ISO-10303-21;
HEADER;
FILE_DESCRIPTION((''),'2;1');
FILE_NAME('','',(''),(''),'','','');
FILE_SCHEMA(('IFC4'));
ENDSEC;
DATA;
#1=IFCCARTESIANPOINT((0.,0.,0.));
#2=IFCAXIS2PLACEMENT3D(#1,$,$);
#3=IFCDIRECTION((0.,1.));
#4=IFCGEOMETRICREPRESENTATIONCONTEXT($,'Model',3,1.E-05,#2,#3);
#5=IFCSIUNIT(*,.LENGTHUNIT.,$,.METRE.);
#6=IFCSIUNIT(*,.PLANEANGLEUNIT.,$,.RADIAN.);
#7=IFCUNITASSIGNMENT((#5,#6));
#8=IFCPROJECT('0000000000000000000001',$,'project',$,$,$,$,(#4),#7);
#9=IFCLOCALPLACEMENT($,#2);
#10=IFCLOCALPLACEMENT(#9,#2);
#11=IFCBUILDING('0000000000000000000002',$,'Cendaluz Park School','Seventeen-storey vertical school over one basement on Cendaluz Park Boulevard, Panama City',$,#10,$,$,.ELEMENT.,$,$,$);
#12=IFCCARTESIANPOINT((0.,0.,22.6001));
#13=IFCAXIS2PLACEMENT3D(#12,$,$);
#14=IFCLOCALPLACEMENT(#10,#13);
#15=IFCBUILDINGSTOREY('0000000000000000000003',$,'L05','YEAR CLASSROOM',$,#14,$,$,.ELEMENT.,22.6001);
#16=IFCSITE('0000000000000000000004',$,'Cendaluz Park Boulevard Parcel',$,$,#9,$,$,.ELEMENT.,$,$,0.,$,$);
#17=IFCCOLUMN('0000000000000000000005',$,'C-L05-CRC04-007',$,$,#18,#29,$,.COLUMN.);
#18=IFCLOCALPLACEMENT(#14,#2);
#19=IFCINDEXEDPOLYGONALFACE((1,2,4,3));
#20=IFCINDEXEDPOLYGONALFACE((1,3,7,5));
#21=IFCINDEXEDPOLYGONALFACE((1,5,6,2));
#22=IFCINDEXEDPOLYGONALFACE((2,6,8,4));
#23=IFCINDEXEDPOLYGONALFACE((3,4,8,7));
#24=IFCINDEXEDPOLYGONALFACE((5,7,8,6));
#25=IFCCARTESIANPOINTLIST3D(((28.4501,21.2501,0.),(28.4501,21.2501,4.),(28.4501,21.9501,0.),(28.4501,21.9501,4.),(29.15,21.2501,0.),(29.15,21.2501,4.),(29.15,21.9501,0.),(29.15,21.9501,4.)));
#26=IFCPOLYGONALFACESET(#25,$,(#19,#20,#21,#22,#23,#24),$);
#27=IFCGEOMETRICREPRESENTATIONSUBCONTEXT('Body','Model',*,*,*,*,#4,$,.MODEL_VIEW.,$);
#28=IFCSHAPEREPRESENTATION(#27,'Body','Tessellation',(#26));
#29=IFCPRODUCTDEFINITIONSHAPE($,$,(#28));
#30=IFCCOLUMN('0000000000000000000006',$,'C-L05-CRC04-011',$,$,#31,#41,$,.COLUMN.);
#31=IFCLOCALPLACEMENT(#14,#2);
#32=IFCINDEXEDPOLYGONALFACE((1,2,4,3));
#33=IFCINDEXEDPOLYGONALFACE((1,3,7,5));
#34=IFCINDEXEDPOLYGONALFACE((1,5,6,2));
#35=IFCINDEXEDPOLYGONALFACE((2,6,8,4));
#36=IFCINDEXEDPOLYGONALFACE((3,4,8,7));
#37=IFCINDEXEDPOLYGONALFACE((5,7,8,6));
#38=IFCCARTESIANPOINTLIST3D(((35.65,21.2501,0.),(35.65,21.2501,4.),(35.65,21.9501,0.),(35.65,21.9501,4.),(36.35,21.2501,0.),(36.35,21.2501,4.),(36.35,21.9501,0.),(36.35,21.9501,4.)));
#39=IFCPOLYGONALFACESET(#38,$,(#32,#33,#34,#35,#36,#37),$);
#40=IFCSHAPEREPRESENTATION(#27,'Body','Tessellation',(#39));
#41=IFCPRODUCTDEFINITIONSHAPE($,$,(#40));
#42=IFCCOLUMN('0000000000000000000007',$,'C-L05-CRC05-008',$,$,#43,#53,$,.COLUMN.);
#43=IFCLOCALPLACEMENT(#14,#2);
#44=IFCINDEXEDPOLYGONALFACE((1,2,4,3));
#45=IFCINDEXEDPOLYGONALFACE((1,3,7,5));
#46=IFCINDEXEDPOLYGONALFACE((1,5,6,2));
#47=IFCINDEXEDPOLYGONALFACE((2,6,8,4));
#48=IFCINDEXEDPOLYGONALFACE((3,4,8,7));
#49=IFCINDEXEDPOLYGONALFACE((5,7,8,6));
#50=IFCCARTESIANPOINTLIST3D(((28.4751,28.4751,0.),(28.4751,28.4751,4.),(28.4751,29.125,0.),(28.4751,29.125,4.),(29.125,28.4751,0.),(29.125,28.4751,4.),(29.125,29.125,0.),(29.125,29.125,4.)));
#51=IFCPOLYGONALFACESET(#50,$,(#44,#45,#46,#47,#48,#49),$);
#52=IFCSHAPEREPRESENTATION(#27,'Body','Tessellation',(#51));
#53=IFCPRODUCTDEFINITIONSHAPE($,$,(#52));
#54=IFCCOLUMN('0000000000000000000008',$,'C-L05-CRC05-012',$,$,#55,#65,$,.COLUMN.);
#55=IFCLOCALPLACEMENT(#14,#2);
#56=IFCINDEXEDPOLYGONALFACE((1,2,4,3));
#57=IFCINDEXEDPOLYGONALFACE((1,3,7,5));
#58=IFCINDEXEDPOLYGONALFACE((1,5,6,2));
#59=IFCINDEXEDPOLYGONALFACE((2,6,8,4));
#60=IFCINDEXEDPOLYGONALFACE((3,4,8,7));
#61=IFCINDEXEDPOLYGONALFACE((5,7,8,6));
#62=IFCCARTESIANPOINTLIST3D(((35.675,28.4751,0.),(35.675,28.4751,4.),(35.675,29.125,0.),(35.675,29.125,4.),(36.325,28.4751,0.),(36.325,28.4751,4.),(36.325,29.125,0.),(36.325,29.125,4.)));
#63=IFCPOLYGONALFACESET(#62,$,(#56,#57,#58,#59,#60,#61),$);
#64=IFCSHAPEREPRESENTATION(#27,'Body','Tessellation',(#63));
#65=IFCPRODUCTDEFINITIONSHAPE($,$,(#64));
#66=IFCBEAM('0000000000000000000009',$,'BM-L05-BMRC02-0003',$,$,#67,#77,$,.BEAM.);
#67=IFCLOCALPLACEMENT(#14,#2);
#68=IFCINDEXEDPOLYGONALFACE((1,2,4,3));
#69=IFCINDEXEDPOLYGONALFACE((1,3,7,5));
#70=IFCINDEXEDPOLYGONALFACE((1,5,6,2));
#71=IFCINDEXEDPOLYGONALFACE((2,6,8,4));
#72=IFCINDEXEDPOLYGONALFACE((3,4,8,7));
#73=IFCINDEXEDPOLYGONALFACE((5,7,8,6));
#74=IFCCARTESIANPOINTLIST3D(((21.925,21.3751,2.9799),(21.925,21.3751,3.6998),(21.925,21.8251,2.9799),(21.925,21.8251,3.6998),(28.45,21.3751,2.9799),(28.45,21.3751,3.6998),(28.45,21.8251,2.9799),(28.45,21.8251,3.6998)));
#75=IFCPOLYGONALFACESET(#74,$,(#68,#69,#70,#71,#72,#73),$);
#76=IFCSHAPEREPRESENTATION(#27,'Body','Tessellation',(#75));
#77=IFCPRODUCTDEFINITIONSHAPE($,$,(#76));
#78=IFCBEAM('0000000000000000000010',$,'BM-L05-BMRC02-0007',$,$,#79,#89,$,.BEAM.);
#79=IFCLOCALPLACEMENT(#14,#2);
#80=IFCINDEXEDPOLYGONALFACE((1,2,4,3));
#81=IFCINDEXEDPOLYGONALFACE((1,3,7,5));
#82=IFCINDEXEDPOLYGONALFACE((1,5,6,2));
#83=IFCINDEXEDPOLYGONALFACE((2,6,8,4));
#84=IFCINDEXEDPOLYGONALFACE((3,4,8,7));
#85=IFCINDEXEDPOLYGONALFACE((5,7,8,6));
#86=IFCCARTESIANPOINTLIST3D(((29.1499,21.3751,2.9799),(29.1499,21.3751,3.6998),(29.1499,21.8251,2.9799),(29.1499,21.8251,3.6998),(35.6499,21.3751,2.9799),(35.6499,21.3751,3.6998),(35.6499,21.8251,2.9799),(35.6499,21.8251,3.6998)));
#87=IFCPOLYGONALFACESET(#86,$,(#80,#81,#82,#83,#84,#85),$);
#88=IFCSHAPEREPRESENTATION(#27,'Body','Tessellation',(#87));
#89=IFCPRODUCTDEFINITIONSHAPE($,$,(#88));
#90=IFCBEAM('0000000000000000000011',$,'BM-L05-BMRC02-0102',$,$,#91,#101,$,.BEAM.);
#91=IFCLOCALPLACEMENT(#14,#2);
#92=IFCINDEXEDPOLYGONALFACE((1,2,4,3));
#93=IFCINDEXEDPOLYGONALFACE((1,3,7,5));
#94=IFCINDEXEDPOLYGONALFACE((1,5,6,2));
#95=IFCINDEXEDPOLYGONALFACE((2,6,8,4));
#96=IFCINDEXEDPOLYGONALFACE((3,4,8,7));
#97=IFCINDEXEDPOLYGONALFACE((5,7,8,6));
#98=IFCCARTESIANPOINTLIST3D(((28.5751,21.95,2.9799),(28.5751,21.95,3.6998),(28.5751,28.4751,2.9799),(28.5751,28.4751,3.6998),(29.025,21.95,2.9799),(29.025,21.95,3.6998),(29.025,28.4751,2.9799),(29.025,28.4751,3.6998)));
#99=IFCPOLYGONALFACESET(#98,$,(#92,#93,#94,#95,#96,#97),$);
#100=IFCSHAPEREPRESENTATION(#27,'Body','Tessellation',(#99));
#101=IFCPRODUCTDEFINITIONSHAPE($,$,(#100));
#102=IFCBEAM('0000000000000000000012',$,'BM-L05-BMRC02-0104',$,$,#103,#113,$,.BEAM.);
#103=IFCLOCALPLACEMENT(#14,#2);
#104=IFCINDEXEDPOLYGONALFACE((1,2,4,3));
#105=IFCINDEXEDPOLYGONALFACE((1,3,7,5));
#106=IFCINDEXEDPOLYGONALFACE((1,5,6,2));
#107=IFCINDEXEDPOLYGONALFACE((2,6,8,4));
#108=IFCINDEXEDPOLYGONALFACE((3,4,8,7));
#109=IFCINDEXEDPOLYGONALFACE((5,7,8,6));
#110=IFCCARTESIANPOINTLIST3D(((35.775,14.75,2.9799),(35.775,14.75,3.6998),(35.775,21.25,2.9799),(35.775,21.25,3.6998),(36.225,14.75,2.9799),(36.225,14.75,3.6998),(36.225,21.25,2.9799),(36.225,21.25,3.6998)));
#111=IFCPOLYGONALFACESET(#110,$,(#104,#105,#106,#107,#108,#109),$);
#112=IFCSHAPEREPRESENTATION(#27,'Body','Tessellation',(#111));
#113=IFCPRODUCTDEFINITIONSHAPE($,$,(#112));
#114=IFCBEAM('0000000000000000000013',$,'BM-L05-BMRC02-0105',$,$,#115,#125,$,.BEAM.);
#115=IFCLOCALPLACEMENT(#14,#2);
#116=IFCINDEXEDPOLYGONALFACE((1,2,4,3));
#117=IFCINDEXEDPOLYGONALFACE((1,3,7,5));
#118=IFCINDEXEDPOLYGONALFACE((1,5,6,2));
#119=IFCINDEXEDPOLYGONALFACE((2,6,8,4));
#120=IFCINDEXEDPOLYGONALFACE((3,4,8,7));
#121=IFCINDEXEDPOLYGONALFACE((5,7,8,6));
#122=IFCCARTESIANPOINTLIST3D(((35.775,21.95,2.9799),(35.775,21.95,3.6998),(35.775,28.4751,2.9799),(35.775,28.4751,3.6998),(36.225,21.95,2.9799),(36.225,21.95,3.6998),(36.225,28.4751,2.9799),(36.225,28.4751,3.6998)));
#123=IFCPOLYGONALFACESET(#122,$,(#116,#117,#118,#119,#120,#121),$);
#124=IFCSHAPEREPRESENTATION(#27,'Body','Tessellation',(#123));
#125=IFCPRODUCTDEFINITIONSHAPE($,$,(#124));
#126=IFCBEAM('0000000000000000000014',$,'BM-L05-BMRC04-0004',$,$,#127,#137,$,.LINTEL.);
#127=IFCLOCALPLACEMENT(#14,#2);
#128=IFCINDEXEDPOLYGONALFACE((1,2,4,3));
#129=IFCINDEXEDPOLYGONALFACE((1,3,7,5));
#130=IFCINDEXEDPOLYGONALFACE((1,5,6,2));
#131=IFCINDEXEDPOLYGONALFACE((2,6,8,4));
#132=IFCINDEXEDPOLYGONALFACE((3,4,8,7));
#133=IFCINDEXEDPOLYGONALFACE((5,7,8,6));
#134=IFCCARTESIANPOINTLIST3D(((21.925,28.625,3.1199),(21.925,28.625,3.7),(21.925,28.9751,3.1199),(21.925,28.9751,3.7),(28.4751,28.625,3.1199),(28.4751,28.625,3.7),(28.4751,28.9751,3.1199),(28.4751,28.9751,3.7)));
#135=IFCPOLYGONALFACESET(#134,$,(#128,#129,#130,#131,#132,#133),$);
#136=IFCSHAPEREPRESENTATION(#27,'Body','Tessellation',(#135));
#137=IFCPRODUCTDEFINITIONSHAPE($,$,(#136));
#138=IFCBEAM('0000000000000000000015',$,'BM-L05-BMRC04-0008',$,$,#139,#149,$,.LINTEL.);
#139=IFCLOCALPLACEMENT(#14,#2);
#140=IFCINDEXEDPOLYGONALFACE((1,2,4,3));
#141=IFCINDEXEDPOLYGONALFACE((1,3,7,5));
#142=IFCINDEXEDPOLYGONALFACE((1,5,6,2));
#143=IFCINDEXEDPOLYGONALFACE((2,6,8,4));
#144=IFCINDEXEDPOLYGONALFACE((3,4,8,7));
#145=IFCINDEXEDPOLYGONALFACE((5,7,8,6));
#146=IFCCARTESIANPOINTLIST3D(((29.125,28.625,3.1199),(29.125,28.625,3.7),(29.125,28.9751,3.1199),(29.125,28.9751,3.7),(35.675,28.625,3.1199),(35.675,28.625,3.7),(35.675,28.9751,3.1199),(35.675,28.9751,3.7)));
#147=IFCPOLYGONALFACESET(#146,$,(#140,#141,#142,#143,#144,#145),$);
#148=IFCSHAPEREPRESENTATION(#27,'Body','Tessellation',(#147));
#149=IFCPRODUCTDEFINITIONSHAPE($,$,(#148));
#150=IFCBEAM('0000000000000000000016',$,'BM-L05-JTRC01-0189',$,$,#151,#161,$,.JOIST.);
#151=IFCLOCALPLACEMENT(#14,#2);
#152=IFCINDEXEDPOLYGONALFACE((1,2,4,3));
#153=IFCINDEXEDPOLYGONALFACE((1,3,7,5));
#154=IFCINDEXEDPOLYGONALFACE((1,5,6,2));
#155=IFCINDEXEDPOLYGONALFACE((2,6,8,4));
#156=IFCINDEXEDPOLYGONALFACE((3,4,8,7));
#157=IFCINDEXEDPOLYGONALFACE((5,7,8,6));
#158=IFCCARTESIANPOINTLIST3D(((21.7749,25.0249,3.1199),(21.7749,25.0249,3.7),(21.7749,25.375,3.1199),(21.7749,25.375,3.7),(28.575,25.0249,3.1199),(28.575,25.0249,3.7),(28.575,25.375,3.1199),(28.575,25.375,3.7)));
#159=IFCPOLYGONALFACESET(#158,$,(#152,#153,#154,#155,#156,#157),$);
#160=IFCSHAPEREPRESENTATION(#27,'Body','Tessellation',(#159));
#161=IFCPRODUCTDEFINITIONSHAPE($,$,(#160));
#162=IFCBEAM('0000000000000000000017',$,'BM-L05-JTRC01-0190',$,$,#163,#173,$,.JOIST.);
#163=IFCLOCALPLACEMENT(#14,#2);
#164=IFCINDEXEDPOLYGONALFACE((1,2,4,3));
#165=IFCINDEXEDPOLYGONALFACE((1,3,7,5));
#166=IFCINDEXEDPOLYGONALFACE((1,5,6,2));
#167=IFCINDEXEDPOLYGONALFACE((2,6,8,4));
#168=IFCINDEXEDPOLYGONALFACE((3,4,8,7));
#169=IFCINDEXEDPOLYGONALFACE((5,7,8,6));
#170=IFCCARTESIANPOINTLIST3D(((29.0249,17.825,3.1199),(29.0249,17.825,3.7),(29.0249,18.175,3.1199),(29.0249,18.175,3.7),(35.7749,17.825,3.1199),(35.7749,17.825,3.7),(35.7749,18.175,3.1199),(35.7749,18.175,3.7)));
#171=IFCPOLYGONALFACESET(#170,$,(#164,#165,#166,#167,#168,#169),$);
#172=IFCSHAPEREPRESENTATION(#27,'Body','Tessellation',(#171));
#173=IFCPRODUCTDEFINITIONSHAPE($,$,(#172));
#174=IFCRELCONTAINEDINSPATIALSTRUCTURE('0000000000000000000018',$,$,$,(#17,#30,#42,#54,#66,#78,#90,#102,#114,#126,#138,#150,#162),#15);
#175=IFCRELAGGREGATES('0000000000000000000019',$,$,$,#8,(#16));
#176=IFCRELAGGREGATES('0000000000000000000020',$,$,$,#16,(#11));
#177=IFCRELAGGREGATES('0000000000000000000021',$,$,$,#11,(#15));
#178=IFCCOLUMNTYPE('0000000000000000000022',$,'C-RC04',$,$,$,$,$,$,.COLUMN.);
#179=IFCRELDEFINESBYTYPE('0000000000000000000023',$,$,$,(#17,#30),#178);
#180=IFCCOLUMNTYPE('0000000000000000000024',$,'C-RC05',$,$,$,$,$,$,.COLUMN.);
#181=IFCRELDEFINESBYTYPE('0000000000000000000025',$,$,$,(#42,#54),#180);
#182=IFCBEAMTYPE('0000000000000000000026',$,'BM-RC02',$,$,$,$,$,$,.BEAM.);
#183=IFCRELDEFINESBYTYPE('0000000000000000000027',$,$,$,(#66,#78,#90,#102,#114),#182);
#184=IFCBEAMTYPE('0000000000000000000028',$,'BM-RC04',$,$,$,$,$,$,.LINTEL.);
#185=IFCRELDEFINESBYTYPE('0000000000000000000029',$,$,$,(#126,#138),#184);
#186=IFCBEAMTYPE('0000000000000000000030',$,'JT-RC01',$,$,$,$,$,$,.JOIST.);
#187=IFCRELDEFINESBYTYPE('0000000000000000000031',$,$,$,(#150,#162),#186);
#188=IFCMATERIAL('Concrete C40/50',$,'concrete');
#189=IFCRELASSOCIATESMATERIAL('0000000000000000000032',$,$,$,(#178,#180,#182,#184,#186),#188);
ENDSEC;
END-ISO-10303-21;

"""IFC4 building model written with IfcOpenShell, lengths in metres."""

from ifc_helpers import new_model, si_unit, direction, frame, origin, origin_2d, place, context, subcontext, project, spatial, rectangle, extrude, material, material_profile, profile_set, type_object, element, save


model = new_model("IFC4")

# Units and contexts
model_context = context("Model", 3, precision=1e-05, world=origin(), true_north=direction((0.0, 1.0)))
body_context = subcontext(model_context, "Body", "Model", "MODEL_VIEW")
ifc_project = project(units=[si_unit("LENGTHUNIT", "METRE"), si_unit("PLANEANGLEUNIT", "RADIAN")], contexts=[model_context])

# Site, building, storey
site_placement = place(None, origin())
site = spatial("IfcSite", under=ifc_project, at=site_placement, Name="Cendaluz Park Boulevard Parcel", CompositionType="ELEMENT", RefElevation=0.0)
building_placement = place(site_placement, origin())
building = spatial("IfcBuilding", under=site, at=building_placement, Name="Cendaluz Park School", Description="Seventeen-storey vertical school over one basement on Cendaluz Park Boulevard, Panama City", CompositionType="ELEMENT")
storey_placement = place(building_placement, frame((0.0, 0.0, 22.6001)))
storey = spatial("IfcBuildingStorey", under=building, at=storey_placement, Name="L05", Description="YEAR CLASSROOM", CompositionType="ELEMENT", Elevation=22.6001)

# Columns
ifc_material_1 = material(Name="Concrete C40/50", Category="concrete")
ifc_material_profile_1 = material_profile(ifc_material_1, rectangle(XDim=0.7, YDim=0.7, at=origin_2d()), Name="RC 700x700", Category="concrete")
ifc_profile_set_1 = profile_set([ifc_material_profile_1], Name="Concrete C40/50")
column_type_1 = type_object("IfcColumnType", Name="C-RC04", PredefinedType="COLUMN", material=ifc_profile_set_1)
for number, where, z_axis, x_axis, name in (
    (1, (28.8, 21.6001, 0.0), (0.0, 0.0, 1.0), (1.0, 0.0, 0.0), "C-L05-CRC04-007"),
    (2, (36.0, 21.6001, 0.0), (0.0, 0.0, 1.0), (1.0, 0.0, 0.0), "C-L05-CRC04-011"),
):
    element("IfcColumn", number, at=place(storey_placement, frame(where, z_axis=z_axis, x_axis=x_axis)), inside=storey, type_object=column_type_1, Name=name, PredefinedType="COLUMN", context=body_context, shape_type="SweptSolid", body=[
        extrude(rectangle(XDim=0.7, YDim=0.7, at=origin_2d()), origin(), (0.0, 0.0, 1.0), 4.0),
    ])
ifc_material_profile_2 = material_profile(ifc_material_1, rectangle(XDim=0.6499, YDim=0.6499, at=origin_2d()), Name="RC 650x650", Category="concrete")
ifc_profile_set_2 = profile_set([ifc_material_profile_2], Name="Concrete C40/50")
column_type_2 = type_object("IfcColumnType", Name="C-RC05", PredefinedType="COLUMN", material=ifc_profile_set_2)
for number, where, z_axis, x_axis, name in (
    (3, (28.8, 28.8, 0.0), (0.0, 0.0, 1.0), (1.0, 0.0, 0.0), "C-L05-CRC05-008"),
    (4, (36.0, 28.8, 0.0), (0.0, 0.0, 1.0), (1.0, 0.0, 0.0), "C-L05-CRC05-012"),
):
    element("IfcColumn", number, at=place(storey_placement, frame(where, z_axis=z_axis, x_axis=x_axis)), inside=storey, type_object=column_type_2, Name=name, PredefinedType="COLUMN", context=body_context, shape_type="SweptSolid", body=[
        extrude(rectangle(XDim=0.6499, YDim=0.6499, at=origin_2d()), origin(), (0.0, 0.0, 1.0), 4.0),
    ])

# Beams
ifc_material_profile_3 = material_profile(ifc_material_1, rectangle(XDim=0.45, YDim=0.72, at=origin_2d()), Name="RC 450x720", Category="concrete")
ifc_profile_set_3 = profile_set([ifc_material_profile_3], Name="Concrete C40/50")
beam_type_1 = type_object("IfcBeamType", Name="BM-RC02", PredefinedType="BEAM", material=ifc_profile_set_3)
beam_1_placement = place(storey_placement, frame((21.925, 21.6001, 3.3398), z_axis=(1.0, 0.0, 0.0), x_axis=(0.0, 1.0, 0.0)))
element("IfcBeam", 5, at=beam_1_placement, inside=storey, type_object=beam_type_1, Name="BM-L05-BMRC02-0003", PredefinedType="BEAM", context=body_context, shape_type="SweptSolid", body=[
    extrude(rectangle(XDim=0.45, YDim=0.72, at=origin_2d()), origin(), (0.0, 0.0, 1.0), 6.5249),
])
beam_2_placement = place(storey_placement, frame((29.1499, 21.6001, 3.3398), z_axis=(1.0, 0.0, 0.0), x_axis=(0.0, 1.0, 0.0)))
element("IfcBeam", 6, at=beam_2_placement, inside=storey, type_object=beam_type_1, Name="BM-L05-BMRC02-0007", PredefinedType="BEAM", context=body_context, shape_type="SweptSolid", body=[
    extrude(rectangle(XDim=0.45, YDim=0.72, at=origin_2d()), origin(), (0.0, 0.0, 1.0), 6.5),
])
beam_3_placement = place(storey_placement, frame((28.8, 21.95, 3.3398), z_axis=(0.0, 1.0, 0.0), x_axis=(-1.0, 0.0, 0.0)))
element("IfcBeam", 7, at=beam_3_placement, inside=storey, type_object=beam_type_1, Name="BM-L05-BMRC02-0102", PredefinedType="BEAM", context=body_context, shape_type="SweptSolid", body=[
    extrude(rectangle(XDim=0.45, YDim=0.72, at=origin_2d()), origin(), (0.0, 0.0, 1.0), 6.5251),
])
beam_4_placement = place(storey_placement, frame((36.0, 14.75, 3.3398), z_axis=(0.0, 1.0, 0.0), x_axis=(-1.0, 0.0, 0.0)))
element("IfcBeam", 8, at=beam_4_placement, inside=storey, type_object=beam_type_1, Name="BM-L05-BMRC02-0104", PredefinedType="BEAM", context=body_context, shape_type="SweptSolid", body=[
    extrude(rectangle(XDim=0.45, YDim=0.72, at=origin_2d()), origin(), (0.0, 0.0, 1.0), 6.5),
])
beam_5_placement = place(storey_placement, frame((36.0, 21.95, 3.3398), z_axis=(0.0, 1.0, 0.0), x_axis=(-1.0, 0.0, 0.0)))
element("IfcBeam", 9, at=beam_5_placement, inside=storey, type_object=beam_type_1, Name="BM-L05-BMRC02-0105", PredefinedType="BEAM", context=body_context, shape_type="SweptSolid", body=[
    extrude(rectangle(XDim=0.45, YDim=0.72, at=origin_2d()), origin(), (0.0, 0.0, 1.0), 6.5251),
])
ifc_material_profile_4 = material_profile(ifc_material_1, rectangle(XDim=0.3501, YDim=0.5801, at=origin_2d()), Name="RC 350x580", Category="concrete")
ifc_profile_set_4 = profile_set([ifc_material_profile_4], Name="Concrete C40/50")
beam_type_2 = type_object("IfcBeamType", Name="BM-RC04", PredefinedType="LINTEL", material=ifc_profile_set_4)
for number, where, z_axis, x_axis, name in (
    (10, (21.925, 28.8, 3.4099), (1.0, 0.0, 0.0), (0.0, 1.0, 0.0), "BM-L05-BMRC04-0004"),
    (11, (29.125, 28.8, 3.4099), (1.0, 0.0, 0.0), (0.0, 1.0, 0.0), "BM-L05-BMRC04-0008"),
):
    element("IfcBeam", number, at=place(storey_placement, frame(where, z_axis=z_axis, x_axis=x_axis)), inside=storey, type_object=beam_type_2, Name=name, PredefinedType="LINTEL", context=body_context, shape_type="SweptSolid", body=[
        extrude(rectangle(XDim=0.3501, YDim=0.5801, at=origin_2d()), origin(), (0.0, 0.0, 1.0), 6.55),
    ])
ifc_material_profile_5 = material_profile(ifc_material_1, rectangle(XDim=0.3501, YDim=0.5801, at=origin_2d()), Name="RC 350x580", Category="concrete")
ifc_profile_set_5 = profile_set([ifc_material_profile_5], Name="Concrete C40/50")
beam_type_3 = type_object("IfcBeamType", Name="JT-RC01", PredefinedType="JOIST", material=ifc_profile_set_5)
beam_6_placement = place(storey_placement, frame((21.7749, 25.2, 3.4099), z_axis=(1.0, 0.0, 0.0), x_axis=(0.0, 1.0, 0.0)))
element("IfcBeam", 12, at=beam_6_placement, inside=storey, type_object=beam_type_3, Name="BM-L05-JTRC01-0189", PredefinedType="JOIST", context=body_context, shape_type="SweptSolid", body=[
    extrude(rectangle(XDim=0.3501, YDim=0.5801, at=origin_2d()), origin(), (0.0, 0.0, 1.0), 6.8),
])
beam_7_placement = place(storey_placement, frame((29.0249, 18.0, 3.4099), z_axis=(1.0, 0.0, 0.0), x_axis=(0.0, 1.0, 0.0)))
element("IfcBeam", 13, at=beam_7_placement, inside=storey, type_object=beam_type_3, Name="BM-L05-JTRC01-0190", PredefinedType="JOIST", context=body_context, shape_type="SweptSolid", body=[
    extrude(rectangle(XDim=0.3501, YDim=0.5801, at=origin_2d()), origin(), (0.0, 0.0, 1.0), 6.75),
])

save(model, "model.ifc")
